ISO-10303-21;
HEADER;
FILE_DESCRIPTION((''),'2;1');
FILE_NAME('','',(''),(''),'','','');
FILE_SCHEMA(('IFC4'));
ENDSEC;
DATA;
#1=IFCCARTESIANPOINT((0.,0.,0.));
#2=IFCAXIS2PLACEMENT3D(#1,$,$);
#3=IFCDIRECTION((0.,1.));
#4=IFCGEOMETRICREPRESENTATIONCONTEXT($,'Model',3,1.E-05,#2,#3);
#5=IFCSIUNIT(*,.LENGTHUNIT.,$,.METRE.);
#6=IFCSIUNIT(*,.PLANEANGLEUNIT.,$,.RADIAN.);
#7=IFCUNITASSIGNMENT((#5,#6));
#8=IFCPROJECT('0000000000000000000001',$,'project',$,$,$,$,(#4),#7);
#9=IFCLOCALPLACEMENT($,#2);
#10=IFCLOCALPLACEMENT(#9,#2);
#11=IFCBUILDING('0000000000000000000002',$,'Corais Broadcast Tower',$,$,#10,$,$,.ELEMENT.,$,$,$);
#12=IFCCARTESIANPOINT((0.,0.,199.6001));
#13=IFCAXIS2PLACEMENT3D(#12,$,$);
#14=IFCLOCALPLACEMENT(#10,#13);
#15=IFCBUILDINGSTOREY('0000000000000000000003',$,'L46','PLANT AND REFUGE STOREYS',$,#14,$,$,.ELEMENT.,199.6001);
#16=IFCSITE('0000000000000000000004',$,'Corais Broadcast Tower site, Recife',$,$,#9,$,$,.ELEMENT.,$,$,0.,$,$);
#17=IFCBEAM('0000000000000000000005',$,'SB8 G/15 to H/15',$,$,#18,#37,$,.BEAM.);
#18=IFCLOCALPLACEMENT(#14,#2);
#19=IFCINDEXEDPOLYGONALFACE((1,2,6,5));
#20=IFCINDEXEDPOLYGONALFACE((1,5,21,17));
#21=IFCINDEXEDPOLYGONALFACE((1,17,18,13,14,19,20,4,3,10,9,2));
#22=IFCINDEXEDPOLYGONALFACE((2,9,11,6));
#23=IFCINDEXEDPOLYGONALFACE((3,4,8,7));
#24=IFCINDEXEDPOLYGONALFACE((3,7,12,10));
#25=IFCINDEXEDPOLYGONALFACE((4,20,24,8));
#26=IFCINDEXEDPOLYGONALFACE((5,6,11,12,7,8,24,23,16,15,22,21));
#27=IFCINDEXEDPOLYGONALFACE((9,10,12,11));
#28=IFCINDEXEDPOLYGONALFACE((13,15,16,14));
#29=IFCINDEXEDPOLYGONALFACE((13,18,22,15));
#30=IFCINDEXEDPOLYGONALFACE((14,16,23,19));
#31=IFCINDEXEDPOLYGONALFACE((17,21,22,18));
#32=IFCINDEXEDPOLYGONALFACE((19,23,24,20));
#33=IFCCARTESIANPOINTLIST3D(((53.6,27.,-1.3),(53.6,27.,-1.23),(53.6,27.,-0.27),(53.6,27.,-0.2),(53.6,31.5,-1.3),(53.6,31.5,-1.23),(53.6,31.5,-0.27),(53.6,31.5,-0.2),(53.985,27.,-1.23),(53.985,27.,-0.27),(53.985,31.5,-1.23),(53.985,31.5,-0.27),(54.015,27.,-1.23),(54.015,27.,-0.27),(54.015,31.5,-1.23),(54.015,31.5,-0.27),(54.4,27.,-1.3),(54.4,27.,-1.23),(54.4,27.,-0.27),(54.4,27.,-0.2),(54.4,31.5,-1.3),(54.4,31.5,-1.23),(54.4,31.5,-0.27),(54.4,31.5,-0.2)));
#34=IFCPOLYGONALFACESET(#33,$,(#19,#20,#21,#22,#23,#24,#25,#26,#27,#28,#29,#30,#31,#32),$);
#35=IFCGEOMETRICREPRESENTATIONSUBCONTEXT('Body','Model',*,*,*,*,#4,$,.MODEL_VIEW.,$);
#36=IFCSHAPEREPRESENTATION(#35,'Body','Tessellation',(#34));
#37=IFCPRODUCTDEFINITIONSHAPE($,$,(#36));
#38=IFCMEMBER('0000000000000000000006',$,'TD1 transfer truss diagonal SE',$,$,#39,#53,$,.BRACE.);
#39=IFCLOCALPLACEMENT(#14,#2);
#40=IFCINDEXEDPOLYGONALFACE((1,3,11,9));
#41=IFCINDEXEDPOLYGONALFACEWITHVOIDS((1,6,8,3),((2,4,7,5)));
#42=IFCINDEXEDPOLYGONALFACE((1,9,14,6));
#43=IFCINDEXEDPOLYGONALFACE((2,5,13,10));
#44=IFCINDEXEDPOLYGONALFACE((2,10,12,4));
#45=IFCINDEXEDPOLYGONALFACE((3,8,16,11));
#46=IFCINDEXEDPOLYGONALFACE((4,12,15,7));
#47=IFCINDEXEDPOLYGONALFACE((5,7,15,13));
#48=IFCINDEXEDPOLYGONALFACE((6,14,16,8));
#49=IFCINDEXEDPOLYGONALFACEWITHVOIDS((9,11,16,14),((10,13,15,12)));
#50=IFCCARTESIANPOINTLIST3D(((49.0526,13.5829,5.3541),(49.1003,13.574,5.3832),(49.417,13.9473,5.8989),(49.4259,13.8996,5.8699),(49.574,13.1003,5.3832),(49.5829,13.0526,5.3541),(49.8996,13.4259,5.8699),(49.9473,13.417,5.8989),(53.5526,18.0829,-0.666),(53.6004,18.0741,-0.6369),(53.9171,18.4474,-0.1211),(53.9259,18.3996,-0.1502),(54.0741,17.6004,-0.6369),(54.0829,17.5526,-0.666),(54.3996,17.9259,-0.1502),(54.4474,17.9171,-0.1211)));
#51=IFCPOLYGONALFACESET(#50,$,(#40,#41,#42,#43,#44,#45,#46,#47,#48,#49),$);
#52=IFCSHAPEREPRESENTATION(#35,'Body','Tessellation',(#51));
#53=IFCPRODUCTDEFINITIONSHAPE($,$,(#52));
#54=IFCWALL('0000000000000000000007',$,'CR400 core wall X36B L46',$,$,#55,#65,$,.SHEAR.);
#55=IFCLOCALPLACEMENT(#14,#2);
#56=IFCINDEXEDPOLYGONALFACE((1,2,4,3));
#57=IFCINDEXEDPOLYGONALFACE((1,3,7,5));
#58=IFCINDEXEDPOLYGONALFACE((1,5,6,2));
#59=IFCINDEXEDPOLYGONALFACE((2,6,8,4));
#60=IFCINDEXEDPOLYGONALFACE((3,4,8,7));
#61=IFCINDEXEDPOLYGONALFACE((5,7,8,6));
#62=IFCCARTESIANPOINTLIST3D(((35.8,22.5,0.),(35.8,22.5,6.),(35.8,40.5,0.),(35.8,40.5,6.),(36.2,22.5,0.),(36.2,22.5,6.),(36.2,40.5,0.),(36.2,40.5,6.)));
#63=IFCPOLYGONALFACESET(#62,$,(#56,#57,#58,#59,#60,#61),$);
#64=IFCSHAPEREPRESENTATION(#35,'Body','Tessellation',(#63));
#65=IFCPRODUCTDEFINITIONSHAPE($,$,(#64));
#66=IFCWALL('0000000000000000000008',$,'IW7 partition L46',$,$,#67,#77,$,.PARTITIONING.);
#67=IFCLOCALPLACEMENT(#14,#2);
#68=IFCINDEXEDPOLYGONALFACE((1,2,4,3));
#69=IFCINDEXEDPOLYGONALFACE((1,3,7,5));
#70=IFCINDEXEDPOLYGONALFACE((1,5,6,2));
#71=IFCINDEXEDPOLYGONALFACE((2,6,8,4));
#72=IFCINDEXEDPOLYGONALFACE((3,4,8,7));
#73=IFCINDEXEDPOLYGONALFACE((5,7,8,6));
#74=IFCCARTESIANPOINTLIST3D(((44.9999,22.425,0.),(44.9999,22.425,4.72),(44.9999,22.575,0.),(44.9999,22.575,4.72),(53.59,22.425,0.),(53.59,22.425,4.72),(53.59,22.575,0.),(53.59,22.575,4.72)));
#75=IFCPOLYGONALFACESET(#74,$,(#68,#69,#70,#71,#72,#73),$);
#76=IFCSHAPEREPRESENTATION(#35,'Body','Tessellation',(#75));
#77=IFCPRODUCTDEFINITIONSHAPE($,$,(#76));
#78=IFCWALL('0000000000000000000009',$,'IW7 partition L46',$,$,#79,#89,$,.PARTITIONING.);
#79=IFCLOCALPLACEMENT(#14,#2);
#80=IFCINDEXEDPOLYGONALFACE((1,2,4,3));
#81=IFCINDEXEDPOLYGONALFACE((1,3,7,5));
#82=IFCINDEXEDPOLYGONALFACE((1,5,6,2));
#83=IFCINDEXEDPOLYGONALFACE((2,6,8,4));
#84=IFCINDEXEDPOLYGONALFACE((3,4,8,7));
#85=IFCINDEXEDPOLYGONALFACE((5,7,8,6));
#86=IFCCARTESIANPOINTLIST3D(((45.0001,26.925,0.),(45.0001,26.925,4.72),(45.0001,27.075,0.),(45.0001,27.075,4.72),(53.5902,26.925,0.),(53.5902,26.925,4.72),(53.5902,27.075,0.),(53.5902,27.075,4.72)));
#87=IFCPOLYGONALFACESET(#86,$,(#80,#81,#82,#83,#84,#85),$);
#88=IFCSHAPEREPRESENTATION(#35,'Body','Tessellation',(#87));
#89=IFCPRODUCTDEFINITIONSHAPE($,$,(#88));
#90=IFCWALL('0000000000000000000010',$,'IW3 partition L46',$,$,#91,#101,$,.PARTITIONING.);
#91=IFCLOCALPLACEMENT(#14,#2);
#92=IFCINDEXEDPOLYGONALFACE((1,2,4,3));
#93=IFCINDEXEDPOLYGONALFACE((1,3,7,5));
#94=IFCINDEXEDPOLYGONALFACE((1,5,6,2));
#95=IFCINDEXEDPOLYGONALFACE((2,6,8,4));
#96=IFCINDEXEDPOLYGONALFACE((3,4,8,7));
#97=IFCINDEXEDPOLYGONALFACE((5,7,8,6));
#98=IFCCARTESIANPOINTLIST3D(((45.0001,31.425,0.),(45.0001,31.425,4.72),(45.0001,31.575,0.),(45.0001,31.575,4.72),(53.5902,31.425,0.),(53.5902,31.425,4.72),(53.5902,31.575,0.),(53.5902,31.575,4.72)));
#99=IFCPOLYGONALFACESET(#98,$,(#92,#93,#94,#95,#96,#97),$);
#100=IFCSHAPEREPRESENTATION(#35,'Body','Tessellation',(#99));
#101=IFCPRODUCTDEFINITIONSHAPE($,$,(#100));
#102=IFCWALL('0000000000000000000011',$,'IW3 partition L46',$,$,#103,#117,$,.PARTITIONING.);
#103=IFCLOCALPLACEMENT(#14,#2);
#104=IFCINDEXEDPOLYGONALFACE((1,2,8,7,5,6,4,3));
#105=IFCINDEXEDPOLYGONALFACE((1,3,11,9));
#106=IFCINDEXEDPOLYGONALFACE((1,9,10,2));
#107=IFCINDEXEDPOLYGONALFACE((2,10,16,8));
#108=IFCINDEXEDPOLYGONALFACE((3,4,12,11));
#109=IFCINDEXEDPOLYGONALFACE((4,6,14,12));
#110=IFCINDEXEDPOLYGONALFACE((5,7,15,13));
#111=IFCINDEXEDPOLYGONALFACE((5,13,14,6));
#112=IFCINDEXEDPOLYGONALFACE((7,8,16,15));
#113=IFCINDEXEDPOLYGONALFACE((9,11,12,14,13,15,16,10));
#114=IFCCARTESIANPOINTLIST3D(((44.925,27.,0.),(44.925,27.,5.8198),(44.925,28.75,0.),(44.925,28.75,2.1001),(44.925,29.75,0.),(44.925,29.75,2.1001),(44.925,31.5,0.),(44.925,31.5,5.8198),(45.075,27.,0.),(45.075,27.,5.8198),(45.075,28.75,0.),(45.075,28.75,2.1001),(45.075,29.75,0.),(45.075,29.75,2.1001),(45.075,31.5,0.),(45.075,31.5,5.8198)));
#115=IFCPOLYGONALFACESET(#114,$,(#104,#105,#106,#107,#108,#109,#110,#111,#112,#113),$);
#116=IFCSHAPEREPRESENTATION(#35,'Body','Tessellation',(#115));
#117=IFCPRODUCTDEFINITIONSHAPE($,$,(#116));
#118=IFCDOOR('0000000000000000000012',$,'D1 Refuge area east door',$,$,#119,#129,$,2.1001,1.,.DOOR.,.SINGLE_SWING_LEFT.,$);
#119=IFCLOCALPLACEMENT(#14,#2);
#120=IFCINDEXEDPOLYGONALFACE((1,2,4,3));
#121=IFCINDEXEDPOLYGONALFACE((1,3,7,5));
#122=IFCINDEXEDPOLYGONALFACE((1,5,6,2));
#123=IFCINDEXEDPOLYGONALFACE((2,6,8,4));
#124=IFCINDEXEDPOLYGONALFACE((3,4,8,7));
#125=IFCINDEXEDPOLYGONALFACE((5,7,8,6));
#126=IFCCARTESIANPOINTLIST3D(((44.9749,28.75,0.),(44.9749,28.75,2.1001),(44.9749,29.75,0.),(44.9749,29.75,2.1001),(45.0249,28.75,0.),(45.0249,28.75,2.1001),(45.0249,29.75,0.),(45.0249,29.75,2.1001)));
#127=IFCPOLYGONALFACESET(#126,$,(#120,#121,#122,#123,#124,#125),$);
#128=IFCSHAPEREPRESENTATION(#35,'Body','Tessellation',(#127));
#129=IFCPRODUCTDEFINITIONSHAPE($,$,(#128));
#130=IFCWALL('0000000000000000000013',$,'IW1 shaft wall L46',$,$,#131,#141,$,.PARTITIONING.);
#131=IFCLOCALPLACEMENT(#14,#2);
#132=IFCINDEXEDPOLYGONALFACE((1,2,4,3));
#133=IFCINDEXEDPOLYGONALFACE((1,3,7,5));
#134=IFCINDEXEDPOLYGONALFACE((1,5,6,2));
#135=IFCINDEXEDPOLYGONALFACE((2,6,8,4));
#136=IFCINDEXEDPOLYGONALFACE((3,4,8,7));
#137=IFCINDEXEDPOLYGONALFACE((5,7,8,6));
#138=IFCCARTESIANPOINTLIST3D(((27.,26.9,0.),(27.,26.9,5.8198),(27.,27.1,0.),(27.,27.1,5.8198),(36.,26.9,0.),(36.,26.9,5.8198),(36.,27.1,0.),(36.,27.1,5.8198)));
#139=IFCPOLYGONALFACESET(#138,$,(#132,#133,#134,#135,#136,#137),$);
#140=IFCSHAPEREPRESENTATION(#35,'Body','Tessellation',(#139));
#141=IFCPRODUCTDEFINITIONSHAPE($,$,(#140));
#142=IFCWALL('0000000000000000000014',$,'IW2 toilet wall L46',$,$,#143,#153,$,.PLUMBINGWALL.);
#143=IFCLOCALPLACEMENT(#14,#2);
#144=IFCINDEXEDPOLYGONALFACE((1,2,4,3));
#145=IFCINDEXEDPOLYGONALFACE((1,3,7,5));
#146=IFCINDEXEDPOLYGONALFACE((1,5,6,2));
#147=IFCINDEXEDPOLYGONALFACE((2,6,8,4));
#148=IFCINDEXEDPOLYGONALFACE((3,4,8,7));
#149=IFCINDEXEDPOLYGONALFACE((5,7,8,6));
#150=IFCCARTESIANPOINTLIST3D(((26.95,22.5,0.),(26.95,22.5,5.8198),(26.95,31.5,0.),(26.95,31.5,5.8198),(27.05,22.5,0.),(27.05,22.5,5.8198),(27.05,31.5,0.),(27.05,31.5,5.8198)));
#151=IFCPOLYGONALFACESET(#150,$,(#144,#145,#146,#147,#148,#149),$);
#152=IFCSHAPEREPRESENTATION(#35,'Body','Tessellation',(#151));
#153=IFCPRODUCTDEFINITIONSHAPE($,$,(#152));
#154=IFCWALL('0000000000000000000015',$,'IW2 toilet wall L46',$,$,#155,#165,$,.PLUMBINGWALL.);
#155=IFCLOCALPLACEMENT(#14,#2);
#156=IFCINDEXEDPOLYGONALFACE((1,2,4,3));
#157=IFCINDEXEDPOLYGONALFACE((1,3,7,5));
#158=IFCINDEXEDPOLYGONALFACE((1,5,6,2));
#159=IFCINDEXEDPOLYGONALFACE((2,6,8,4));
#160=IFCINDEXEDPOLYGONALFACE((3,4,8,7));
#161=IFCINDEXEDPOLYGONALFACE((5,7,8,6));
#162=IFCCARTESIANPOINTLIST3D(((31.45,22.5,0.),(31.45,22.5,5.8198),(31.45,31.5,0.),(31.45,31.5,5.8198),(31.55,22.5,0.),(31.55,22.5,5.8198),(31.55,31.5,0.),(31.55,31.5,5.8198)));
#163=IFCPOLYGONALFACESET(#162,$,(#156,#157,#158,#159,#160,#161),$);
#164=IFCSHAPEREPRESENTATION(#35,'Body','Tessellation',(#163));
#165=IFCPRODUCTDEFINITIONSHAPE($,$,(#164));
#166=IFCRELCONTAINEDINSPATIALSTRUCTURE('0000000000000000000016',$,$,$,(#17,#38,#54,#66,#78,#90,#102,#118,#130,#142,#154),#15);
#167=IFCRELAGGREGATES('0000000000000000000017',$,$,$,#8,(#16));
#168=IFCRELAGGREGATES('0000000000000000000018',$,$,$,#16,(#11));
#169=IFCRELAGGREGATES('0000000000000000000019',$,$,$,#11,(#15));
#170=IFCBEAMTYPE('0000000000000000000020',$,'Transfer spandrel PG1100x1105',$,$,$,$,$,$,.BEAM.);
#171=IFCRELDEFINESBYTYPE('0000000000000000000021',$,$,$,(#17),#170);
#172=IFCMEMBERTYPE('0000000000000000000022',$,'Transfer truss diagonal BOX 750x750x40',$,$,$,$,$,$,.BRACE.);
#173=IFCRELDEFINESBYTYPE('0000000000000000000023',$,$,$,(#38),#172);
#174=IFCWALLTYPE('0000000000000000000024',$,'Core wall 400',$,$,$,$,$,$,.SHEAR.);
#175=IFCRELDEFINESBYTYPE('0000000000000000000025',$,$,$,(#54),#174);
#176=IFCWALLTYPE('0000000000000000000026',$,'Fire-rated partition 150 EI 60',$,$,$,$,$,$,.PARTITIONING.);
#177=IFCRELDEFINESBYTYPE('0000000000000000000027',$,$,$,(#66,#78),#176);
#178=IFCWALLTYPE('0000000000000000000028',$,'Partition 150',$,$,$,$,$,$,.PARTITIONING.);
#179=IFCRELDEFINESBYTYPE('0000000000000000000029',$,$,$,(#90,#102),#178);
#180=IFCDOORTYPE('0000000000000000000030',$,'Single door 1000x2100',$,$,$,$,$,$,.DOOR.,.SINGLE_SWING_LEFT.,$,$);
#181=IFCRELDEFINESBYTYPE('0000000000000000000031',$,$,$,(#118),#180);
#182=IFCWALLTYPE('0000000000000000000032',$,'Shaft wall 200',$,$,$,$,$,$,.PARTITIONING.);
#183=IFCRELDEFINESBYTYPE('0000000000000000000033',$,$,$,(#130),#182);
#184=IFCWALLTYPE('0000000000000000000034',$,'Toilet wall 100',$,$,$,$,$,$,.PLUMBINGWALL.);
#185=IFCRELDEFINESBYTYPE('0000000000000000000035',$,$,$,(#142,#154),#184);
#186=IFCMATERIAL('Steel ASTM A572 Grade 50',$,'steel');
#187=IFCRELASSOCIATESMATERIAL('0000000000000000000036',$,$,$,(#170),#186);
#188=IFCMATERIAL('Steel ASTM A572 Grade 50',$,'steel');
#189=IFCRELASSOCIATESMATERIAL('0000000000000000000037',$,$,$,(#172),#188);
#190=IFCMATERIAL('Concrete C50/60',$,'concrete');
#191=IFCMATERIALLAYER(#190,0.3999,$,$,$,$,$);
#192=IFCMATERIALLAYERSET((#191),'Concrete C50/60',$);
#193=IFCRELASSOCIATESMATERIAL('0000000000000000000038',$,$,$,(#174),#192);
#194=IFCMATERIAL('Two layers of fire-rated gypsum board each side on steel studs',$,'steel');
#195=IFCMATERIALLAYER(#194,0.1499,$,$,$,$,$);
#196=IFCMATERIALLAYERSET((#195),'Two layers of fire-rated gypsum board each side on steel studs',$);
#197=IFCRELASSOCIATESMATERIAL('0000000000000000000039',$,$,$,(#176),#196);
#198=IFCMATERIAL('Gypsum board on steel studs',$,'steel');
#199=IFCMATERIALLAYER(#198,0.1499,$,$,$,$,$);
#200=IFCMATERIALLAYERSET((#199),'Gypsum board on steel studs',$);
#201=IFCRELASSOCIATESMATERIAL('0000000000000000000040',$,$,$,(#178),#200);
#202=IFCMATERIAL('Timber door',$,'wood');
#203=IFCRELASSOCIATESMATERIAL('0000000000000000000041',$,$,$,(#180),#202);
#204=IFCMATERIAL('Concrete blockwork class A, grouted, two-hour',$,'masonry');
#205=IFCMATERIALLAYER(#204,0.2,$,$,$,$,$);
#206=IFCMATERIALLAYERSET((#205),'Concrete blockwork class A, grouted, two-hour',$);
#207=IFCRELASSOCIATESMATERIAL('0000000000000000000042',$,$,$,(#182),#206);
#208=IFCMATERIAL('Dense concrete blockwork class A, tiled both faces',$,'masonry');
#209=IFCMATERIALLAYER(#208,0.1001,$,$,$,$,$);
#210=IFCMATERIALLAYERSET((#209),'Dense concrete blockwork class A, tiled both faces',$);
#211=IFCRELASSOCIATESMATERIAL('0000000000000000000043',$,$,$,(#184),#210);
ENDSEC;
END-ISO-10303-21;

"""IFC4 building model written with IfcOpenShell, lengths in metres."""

from ifc_helpers import new_model, si_unit, direction, frame, frame_2d, origin, origin_2d, place, context, subcontext, project, spatial, rectangle, hollow_rectangle, i_section, extrude, material, layer, layer_set, material_profile, profile_set, type_object, element, fill, save


model = new_model("IFC4")

# Units and contexts
model_context = context("Model", 3, precision=1e-05, world=origin(), true_north=direction((0.0, 1.0)))
body_context = subcontext(model_context, "Body", "Model", "MODEL_VIEW")
ifc_project = project(units=[si_unit("LENGTHUNIT", "METRE"), si_unit("PLANEANGLEUNIT", "RADIAN")], contexts=[model_context])

# Site, building, storey
site_placement = place(None, origin())
site = spatial("IfcSite", under=ifc_project, at=site_placement, Name="Corais Broadcast Tower site, Recife", CompositionType="ELEMENT", RefElevation=0.0)
building_placement = place(site_placement, origin())
building = spatial("IfcBuilding", under=site, at=building_placement, Name="Corais Broadcast Tower", CompositionType="ELEMENT")
storey_placement = place(building_placement, frame((0.0, 0.0, 199.6001)))
storey = spatial("IfcBuildingStorey", under=building, at=storey_placement, Name="L46", Description="PLANT AND REFUGE STOREYS", CompositionType="ELEMENT", Elevation=199.6001)

# Beam
ifc_material_1 = material(Name="Steel ASTM A572 Grade 50", Category="steel")
ifc_material_profile_1 = material_profile(ifc_material_1, i_section(OverallWidth=0.8, OverallDepth=1.1001, WebThickness=0.03, FlangeThickness=0.0701, at=origin_2d()), Name="PG1100x1105")
ifc_profile_set_1 = profile_set([ifc_material_profile_1], Name="Steel ASTM A572 Grade 50")
beam_type_1 = type_object("IfcBeamType", Name="Transfer spandrel PG1100x1105", PredefinedType="BEAM", material=ifc_profile_set_1)
for number, where, z_axis, x_axis, name in (
    (1, (54.0, 27.0, -0.75), (0.0, 1.0, 0.0), (-1.0, 0.0, 0.0), "SB8 G/15 to H/15"),
):
    element("IfcBeam", number, at=place(storey_placement, frame(where, z_axis=z_axis, x_axis=x_axis)), inside=storey, type_object=beam_type_1, Name=name, PredefinedType="BEAM", context=body_context, shape_type="SweptSolid", body=[
        extrude(i_section(OverallWidth=0.8, OverallDepth=1.1001, WebThickness=0.03, FlangeThickness=0.0701, at=origin_2d()), origin(), (0.0, 0.0, 1.0), 4.5),
    ])

# Member
ifc_material_2 = material(Name="Steel ASTM A572 Grade 50", Category="steel")
ifc_material_profile_2 = material_profile(ifc_material_2, hollow_rectangle(XDim=0.75, YDim=0.75, WallThickness=0.04, at=origin_2d()), Name="BOX 750x750x40")
ifc_profile_set_2 = profile_set([ifc_material_profile_2], Name="Steel ASTM A572 Grade 50")
member_type = type_object("IfcMemberType", Name="Transfer truss diagonal BOX 750x750x40", PredefinedType="BRACE", material=ifc_profile_set_2)
member_placement = place(storey_placement, frame((54.0, 18.0, -0.3936), z_axis=(-0.513688, -0.513688, 0.687203), x_axis=(0.707107, -0.707107, 0.0)))
element("IfcMember", 2, at=member_placement, inside=storey, type_object=member_type, Name="TD1 transfer truss diagonal SE", PredefinedType="BRACE", context=body_context, shape_type="SweptSolid", body=[
    extrude(hollow_rectangle(XDim=0.75, YDim=0.75, WallThickness=0.04, at=origin_2d()), origin(), (0.0, 0.0, 1.0), 8.7603),
])

# Walls
ifc_material_3 = material(Name="Concrete C50/60", Category="concrete")
ifc_layer_1 = layer(ifc_material_3, 0.3999)
ifc_layer_set_1 = layer_set([ifc_layer_1], Name="Concrete C50/60")
wall_type_1 = type_object("IfcWallType", Name="Core wall 400", PredefinedType="SHEAR", material=ifc_layer_set_1)
wall_1_placement = place(storey_placement, frame((36.0, 22.5, 0.0), z_axis=(0.0, 0.0, 1.0), x_axis=(0.0, 1.0, 0.0)))
element("IfcWall", 3, at=wall_1_placement, inside=storey, type_object=wall_type_1, Name="CR400 core wall X36B L46", PredefinedType="SHEAR", context=body_context, shape_type="SweptSolid", body=[
    extrude(rectangle(XDim=18.0, YDim=0.3999, at=frame_2d((9.0, 0.0))), origin(), (0.0, 0.0, 1.0), 6.0),
])
ifc_material_4 = material(Name="Two layers of fire-rated gypsum board each side on steel studs", Category="steel")
ifc_layer_2 = layer(ifc_material_4, 0.1499)
ifc_layer_set_2 = layer_set([ifc_layer_2], Name="Two layers of fire-rated gypsum board each side on steel studs")
wall_type_2 = type_object("IfcWallType", Name="Fire-rated partition 150 EI 60", PredefinedType="PARTITIONING", material=ifc_layer_set_2)
for number, where, z_axis, x_axis, name in (
    (4, (45.0, 22.5, 0.0), (0.0, 0.0, 1.0), (1.0, 0.0, 0.0), "IW7 partition L46"),
    (5, (53.5901, 27.0, 0.0), (0.0, 0.0, 1.0), (-1.0, 0.0, 0.0), "IW7 partition L46"),
):
    element("IfcWall", number, at=place(storey_placement, frame(where, z_axis=z_axis, x_axis=x_axis)), inside=storey, type_object=wall_type_2, Name=name, PredefinedType="PARTITIONING", context=body_context, shape_type="SweptSolid", body=[
        extrude(rectangle(XDim=8.5901, YDim=0.1499, at=frame_2d((4.2949, 0.0))), origin(), (0.0, 0.0, 1.0), 4.72),
    ])

# Wall
ifc_material_5 = material(Name="Gypsum board on steel studs", Category="steel")
ifc_layer_3 = layer(ifc_material_5, 0.1499)
ifc_layer_set_3 = layer_set([ifc_layer_3], Name="Gypsum board on steel studs")
wall_type_3 = type_object("IfcWallType", Name="Partition 150", PredefinedType="PARTITIONING", material=ifc_layer_set_3)
wall_2_placement = place(storey_placement, frame((53.5901, 31.5, 0.0), z_axis=(0.0, 0.0, 1.0), x_axis=(-1.0, 0.0, 0.0)))
element("IfcWall", 6, at=wall_2_placement, inside=storey, type_object=wall_type_3, Name="IW3 partition L46", PredefinedType="PARTITIONING", context=body_context, shape_type="SweptSolid", body=[
    extrude(rectangle(XDim=8.5901, YDim=0.1499, at=frame_2d((4.2949, 0.0))), origin(), (0.0, 0.0, 1.0), 4.72),
])

# Wall, opening, door
wall_3_placement = place(storey_placement, frame((45.0, 31.5, 0.0), z_axis=(0.0, 0.0, 1.0), x_axis=(0.0, -1.0, 0.0)))
wall_3 = element("IfcWall", 7, at=wall_3_placement, inside=storey, type_object=wall_type_3, Name="IW3 partition L46", PredefinedType="PARTITIONING", context=body_context, shape_type="SweptSolid", body=[
    extrude(rectangle(XDim=4.5, YDim=0.1499, at=frame_2d((2.25, 0.0))), origin(), (0.0, 0.0, 1.0), 5.8198),
])
opening_1_placement = place(wall_3_placement, frame((1.75, 0.0, 0.0)))
opening_1 = element("IfcOpeningElement", 8, at=opening_1_placement, cuts=wall_3, PredefinedType="OPENING", context=body_context, shape_type="SweptSolid", body=[
    extrude(rectangle(XDim=1.0, YDim=2.1001, at=frame_2d((0.5, 1.05))), frame((0.0, 0.085, 0.0), z_axis=(0.0, -1.0, 0.0), x_axis=(1.0, 0.0, 0.0)), (0.0, 0.0, 1.0), 0.1699),
])
ifc_material_6 = material(Name="Timber door", Category="wood")
door_type_1 = type_object("IfcDoorType", Name="Single door 1000x2100", OperationType="SINGLE_SWING_LEFT", PredefinedType="DOOR", material=ifc_material_6)
door_1_placement = place(opening_1_placement, origin())
door_1 = element("IfcDoor", 9, at=door_1_placement, inside=storey, type_object=door_type_1, Name="D1 Refuge area east door", OperationType="SINGLE_SWING_LEFT", OverallHeight=2.1001, OverallWidth=1.0, PredefinedType="DOOR", context=body_context, shape_type="SweptSolid", body=[
    extrude(rectangle(XDim=1.0, YDim=2.1001, at=frame_2d((0.5, 1.05))), frame((0.0, 0.0249, 0.0), z_axis=(0.0, -1.0, 0.0), x_axis=(1.0, 0.0, 0.0)), (0.0, 0.0, 1.0), 0.05),
])
fill(opening_1, door_1)

# Walls
ifc_material_7 = material(Name="Concrete blockwork class A, grouted, two-hour", Category="masonry")
ifc_layer_4 = layer(ifc_material_7, 0.2)
ifc_layer_set_4 = layer_set([ifc_layer_4], Name="Concrete blockwork class A, grouted, two-hour")
wall_type_4 = type_object("IfcWallType", Name="Shaft wall 200", PredefinedType="PARTITIONING", material=ifc_layer_set_4)
wall_4_placement = place(storey_placement, frame((27.0, 27.0, 0.0), z_axis=(0.0, 0.0, 1.0), x_axis=(1.0, 0.0, 0.0)))
element("IfcWall", 10, at=wall_4_placement, inside=storey, type_object=wall_type_4, Name="IW1 shaft wall L46", PredefinedType="PARTITIONING", context=body_context, shape_type="SweptSolid", body=[
    extrude(rectangle(XDim=9.0, YDim=0.2, at=frame_2d((4.5, 0.0))), origin(), (0.0, 0.0, 1.0), 5.8198),
])
ifc_material_8 = material(Name="Dense concrete blockwork class A, tiled both faces", Category="masonry")
ifc_layer_5 = layer(ifc_material_8, 0.1001)
ifc_layer_set_5 = layer_set([ifc_layer_5], Name="Dense concrete blockwork class A, tiled both faces")
wall_type_5 = type_object("IfcWallType", Name="Toilet wall 100", PredefinedType="PLUMBINGWALL", material=ifc_layer_set_5)
for number, where, z_axis, x_axis, name in (
    (11, (27.0, 22.5, 0.0), (0.0, 0.0, 1.0), (0.0, 1.0, 0.0), "IW2 toilet wall L46"),
    (12, (31.5, 22.5, 0.0), (0.0, 0.0, 1.0), (0.0, 1.0, 0.0), "IW2 toilet wall L46"),
):
    element("IfcWall", number, at=place(storey_placement, frame(where, z_axis=z_axis, x_axis=x_axis)), inside=storey, type_object=wall_type_5, Name=name, PredefinedType="PLUMBINGWALL", context=body_context, shape_type="SweptSolid", body=[
        extrude(rectangle(XDim=9.0, YDim=0.1001, at=frame_2d((4.5, 0.0))), origin(), (0.0, 0.0, 1.0), 5.8198),
    ])

save(model, "model.ifc")
